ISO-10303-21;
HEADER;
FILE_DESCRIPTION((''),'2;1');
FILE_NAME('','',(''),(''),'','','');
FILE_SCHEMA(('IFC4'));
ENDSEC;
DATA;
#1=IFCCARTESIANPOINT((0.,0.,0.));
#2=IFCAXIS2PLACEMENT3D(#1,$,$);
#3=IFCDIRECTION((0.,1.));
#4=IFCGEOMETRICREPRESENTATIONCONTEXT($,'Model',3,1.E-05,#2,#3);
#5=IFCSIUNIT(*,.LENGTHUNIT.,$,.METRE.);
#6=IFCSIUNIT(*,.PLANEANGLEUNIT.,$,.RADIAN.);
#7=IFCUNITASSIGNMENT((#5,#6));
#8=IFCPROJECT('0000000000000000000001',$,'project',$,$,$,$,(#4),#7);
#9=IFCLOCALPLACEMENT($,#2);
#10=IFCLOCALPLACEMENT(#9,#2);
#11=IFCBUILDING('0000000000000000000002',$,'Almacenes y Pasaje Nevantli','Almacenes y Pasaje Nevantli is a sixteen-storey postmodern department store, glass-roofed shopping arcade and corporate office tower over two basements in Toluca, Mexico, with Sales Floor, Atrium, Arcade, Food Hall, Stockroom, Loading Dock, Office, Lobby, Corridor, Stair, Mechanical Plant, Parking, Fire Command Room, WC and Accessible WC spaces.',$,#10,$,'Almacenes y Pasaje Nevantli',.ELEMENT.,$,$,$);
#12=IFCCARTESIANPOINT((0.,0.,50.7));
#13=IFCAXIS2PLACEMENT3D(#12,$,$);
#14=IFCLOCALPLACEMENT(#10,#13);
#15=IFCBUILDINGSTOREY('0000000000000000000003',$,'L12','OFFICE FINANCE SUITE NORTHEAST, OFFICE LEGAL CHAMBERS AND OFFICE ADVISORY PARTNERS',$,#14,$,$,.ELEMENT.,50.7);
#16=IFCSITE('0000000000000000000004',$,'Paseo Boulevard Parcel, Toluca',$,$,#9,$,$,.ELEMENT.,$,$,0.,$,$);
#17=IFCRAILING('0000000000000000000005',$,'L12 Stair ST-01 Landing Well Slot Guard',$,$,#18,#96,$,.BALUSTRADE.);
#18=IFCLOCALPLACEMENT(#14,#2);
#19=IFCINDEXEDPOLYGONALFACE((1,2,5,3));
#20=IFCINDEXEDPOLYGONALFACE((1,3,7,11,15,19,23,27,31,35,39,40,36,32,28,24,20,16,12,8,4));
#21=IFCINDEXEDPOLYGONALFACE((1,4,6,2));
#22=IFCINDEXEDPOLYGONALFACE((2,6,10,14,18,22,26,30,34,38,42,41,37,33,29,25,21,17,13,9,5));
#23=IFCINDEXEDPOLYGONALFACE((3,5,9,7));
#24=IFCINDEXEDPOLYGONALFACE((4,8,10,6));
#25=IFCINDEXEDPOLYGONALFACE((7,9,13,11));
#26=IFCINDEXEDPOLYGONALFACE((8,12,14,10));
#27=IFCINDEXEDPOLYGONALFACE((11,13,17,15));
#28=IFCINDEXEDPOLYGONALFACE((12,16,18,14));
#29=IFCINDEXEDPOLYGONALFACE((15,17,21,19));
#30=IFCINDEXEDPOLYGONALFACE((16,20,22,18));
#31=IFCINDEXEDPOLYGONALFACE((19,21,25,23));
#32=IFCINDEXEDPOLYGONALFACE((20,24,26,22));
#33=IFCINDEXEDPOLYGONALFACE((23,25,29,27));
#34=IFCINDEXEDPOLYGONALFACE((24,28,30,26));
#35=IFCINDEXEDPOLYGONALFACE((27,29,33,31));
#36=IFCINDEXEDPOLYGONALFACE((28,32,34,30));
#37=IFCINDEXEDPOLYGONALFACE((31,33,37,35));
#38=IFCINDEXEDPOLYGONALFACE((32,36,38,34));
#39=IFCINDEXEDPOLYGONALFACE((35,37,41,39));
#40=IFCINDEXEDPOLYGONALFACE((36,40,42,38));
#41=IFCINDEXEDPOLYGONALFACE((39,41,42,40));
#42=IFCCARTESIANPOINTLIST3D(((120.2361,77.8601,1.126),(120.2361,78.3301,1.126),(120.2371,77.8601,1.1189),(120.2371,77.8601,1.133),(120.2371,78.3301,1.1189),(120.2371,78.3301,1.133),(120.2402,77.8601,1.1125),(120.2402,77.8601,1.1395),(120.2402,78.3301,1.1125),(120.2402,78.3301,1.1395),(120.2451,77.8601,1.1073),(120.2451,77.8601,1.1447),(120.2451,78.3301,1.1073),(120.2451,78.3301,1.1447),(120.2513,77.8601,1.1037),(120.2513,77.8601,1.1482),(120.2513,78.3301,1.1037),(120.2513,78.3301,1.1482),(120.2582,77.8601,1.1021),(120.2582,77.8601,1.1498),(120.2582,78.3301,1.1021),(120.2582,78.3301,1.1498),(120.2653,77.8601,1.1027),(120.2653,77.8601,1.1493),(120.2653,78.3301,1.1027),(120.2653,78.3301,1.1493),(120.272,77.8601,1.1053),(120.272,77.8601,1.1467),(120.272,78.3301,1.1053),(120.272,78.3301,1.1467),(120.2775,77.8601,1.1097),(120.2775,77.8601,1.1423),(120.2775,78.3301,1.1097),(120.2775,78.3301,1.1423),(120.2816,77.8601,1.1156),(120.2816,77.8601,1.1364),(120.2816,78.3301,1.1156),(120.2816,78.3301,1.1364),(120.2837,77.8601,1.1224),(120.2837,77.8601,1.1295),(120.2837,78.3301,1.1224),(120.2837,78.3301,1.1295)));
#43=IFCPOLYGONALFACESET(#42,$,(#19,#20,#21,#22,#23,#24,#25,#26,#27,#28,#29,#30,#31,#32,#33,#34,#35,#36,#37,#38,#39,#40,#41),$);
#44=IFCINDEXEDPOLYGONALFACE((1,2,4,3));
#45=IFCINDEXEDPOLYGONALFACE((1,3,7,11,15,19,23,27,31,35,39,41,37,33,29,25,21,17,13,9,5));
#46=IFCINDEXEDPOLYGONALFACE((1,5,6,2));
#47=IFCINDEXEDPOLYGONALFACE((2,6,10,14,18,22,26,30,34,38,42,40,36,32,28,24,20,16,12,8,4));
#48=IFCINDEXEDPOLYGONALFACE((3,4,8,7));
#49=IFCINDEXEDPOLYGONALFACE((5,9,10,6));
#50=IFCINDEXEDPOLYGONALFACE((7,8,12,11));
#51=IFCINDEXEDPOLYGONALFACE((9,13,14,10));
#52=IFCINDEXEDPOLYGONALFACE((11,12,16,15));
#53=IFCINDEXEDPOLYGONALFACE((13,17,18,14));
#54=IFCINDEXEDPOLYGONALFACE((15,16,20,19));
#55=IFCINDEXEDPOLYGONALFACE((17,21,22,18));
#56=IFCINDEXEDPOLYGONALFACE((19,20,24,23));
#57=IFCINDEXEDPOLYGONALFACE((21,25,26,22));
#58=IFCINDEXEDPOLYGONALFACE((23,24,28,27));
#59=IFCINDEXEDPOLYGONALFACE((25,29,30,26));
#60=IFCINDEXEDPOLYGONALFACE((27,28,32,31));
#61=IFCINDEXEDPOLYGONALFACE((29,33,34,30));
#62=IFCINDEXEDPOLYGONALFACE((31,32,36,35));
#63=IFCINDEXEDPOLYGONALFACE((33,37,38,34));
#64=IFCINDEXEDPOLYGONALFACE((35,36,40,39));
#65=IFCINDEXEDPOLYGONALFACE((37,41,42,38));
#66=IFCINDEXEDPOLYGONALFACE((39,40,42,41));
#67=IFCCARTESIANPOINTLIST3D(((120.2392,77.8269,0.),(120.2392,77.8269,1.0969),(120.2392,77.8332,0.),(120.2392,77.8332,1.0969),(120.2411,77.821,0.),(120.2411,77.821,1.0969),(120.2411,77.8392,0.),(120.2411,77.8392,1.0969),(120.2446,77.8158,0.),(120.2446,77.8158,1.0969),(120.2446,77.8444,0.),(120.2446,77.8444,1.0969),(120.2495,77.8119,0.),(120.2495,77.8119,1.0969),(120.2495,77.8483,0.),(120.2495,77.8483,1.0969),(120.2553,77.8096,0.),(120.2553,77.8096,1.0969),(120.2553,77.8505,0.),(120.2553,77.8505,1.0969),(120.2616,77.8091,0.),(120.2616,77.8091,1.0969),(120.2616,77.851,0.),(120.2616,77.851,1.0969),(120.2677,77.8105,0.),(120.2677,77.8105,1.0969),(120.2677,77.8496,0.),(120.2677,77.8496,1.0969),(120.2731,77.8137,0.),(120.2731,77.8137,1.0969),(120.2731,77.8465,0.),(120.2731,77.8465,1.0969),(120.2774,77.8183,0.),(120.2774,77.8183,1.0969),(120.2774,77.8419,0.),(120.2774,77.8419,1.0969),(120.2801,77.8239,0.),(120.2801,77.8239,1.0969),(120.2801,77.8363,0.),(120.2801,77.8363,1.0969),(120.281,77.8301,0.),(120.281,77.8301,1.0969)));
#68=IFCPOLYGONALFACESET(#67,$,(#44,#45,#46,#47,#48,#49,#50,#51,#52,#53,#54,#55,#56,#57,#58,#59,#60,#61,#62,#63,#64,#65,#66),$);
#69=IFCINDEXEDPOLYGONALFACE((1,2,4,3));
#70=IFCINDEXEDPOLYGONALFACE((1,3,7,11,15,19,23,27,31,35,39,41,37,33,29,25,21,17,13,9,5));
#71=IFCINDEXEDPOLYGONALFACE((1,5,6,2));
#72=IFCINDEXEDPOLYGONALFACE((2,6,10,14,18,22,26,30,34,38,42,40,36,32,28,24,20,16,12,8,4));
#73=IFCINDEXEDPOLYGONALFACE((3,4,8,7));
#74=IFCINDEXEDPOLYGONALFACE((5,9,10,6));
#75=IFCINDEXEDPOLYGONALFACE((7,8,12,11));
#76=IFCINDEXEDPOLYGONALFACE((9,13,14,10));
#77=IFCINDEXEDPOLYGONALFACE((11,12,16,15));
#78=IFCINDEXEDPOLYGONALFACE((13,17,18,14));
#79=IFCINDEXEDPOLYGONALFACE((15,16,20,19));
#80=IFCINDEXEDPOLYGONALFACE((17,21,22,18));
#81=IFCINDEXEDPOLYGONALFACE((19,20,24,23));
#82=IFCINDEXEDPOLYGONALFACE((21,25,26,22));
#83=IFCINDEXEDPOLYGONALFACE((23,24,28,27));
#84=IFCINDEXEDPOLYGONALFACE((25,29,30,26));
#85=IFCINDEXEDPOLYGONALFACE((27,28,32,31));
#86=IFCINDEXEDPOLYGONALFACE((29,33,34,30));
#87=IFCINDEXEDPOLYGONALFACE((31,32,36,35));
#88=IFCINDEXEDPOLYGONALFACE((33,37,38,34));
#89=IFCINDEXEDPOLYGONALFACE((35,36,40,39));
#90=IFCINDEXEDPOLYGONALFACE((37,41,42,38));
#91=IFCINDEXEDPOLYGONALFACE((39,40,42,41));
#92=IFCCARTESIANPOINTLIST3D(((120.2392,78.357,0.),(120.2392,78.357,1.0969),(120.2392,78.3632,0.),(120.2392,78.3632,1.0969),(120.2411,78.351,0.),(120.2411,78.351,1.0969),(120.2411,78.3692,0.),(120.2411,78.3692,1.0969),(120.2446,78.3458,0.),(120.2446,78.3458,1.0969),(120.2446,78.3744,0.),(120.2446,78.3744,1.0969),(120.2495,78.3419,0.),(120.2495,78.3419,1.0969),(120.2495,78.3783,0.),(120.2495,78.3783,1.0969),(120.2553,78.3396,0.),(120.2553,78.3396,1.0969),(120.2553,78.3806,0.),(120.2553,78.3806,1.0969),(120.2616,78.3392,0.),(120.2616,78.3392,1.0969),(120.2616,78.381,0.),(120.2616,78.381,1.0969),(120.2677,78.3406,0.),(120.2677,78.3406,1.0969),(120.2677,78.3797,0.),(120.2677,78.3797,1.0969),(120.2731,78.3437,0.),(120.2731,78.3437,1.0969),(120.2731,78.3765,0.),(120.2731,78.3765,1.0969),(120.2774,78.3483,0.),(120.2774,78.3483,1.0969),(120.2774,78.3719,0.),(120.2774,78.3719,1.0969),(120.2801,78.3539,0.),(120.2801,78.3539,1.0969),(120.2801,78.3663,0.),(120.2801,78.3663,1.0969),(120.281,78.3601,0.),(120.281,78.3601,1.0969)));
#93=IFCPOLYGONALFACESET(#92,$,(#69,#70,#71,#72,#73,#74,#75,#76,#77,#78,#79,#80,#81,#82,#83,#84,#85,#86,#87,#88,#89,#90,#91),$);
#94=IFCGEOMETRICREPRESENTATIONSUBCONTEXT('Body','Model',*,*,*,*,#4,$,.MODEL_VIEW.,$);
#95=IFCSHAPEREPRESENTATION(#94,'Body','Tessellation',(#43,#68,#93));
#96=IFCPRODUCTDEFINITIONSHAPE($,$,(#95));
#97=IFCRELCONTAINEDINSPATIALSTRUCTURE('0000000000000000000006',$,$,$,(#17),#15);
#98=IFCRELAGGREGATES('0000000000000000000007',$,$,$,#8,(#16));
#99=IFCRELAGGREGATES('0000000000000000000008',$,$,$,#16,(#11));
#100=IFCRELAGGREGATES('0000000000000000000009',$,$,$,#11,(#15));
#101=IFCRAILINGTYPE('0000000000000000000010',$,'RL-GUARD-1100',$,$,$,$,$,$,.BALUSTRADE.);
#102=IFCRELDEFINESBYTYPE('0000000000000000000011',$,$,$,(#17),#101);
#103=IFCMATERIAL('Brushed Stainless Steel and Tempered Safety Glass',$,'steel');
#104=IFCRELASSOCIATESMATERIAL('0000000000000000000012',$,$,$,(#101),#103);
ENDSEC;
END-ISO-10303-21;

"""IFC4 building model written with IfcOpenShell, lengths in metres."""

from ifc_helpers import new_model, si_unit, direction, frame, origin, origin_2d, place, context, subcontext, project, spatial, circle, extrude, material, type_object, element, save


model = new_model("IFC4")

# Units and contexts
model_context = context("Model", 3, precision=1e-05, world=origin(), true_north=direction((0.0, 1.0)))
body_context = subcontext(model_context, "Body", "Model", "MODEL_VIEW")
ifc_project = project(units=[si_unit("LENGTHUNIT", "METRE"), si_unit("PLANEANGLEUNIT", "RADIAN")], contexts=[model_context])

# Site, building, storey
site_placement = place(None, origin())
site = spatial("IfcSite", under=ifc_project, at=site_placement, Name="Paseo Boulevard Parcel, Toluca", CompositionType="ELEMENT", RefElevation=0.0)
building_placement = place(site_placement, origin())
building = spatial("IfcBuilding", under=site, at=building_placement, Name="Almacenes y Pasaje Nevantli", Description="Almacenes y Pasaje Nevantli is a sixteen-storey postmodern department store, glass-roofed shopping arcade and corporate office tower over two basements in Toluca, Mexico, with Sales Floor, Atrium, Arcade, Food Hall, Stockroom, Loading Dock, Office, Lobby, Corridor, Stair, Mechanical Plant, Parking, Fire Command Room, WC and Accessible WC spaces.", LongName="Almacenes y Pasaje Nevantli", CompositionType="ELEMENT")
storey_placement = place(building_placement, frame((0.0, 0.0, 50.7)))
storey = spatial("IfcBuildingStorey", under=building, at=storey_placement, Name="L12", Description="OFFICE FINANCE SUITE NORTHEAST, OFFICE LEGAL CHAMBERS AND OFFICE ADVISORY PARTNERS", CompositionType="ELEMENT", Elevation=50.7)

# Railing
ifc_material_1 = material(Name="Brushed Stainless Steel and Tempered Safety Glass", Category="steel")
railing_type_1 = type_object("IfcRailingType", Name="RL-GUARD-1100", PredefinedType="BALUSTRADE", material=ifc_material_1)
railing_1_placement = place(storey_placement, frame((120.26, 77.8301, 0.0)))
element("IfcRailing", 1, at=railing_1_placement, inside=storey, type_object=railing_type_1, Name="L12 Stair ST-01 Landing Well Slot Guard", PredefinedType="BALUSTRADE", context=body_context, shape_type="SweptSolid", body=[
    extrude(circle(Radius=0.0239, at=origin_2d()), frame((0.0, 0.03, 1.126), z_axis=(0.0, 1.0, 0.0), x_axis=(-1.0, 0.0, 0.0)), (0.0, 0.0, 1.0), 0.47),
    extrude(circle(Radius=0.021, at=origin_2d()), origin(), (0.0, 0.0, 1.0), 1.0969),
    extrude(circle(Radius=0.021, at=origin_2d()), frame((0.0, 0.53, 0.0)), (0.0, 0.0, 1.0), 1.0969),
])

save(model, "model.ifc")
